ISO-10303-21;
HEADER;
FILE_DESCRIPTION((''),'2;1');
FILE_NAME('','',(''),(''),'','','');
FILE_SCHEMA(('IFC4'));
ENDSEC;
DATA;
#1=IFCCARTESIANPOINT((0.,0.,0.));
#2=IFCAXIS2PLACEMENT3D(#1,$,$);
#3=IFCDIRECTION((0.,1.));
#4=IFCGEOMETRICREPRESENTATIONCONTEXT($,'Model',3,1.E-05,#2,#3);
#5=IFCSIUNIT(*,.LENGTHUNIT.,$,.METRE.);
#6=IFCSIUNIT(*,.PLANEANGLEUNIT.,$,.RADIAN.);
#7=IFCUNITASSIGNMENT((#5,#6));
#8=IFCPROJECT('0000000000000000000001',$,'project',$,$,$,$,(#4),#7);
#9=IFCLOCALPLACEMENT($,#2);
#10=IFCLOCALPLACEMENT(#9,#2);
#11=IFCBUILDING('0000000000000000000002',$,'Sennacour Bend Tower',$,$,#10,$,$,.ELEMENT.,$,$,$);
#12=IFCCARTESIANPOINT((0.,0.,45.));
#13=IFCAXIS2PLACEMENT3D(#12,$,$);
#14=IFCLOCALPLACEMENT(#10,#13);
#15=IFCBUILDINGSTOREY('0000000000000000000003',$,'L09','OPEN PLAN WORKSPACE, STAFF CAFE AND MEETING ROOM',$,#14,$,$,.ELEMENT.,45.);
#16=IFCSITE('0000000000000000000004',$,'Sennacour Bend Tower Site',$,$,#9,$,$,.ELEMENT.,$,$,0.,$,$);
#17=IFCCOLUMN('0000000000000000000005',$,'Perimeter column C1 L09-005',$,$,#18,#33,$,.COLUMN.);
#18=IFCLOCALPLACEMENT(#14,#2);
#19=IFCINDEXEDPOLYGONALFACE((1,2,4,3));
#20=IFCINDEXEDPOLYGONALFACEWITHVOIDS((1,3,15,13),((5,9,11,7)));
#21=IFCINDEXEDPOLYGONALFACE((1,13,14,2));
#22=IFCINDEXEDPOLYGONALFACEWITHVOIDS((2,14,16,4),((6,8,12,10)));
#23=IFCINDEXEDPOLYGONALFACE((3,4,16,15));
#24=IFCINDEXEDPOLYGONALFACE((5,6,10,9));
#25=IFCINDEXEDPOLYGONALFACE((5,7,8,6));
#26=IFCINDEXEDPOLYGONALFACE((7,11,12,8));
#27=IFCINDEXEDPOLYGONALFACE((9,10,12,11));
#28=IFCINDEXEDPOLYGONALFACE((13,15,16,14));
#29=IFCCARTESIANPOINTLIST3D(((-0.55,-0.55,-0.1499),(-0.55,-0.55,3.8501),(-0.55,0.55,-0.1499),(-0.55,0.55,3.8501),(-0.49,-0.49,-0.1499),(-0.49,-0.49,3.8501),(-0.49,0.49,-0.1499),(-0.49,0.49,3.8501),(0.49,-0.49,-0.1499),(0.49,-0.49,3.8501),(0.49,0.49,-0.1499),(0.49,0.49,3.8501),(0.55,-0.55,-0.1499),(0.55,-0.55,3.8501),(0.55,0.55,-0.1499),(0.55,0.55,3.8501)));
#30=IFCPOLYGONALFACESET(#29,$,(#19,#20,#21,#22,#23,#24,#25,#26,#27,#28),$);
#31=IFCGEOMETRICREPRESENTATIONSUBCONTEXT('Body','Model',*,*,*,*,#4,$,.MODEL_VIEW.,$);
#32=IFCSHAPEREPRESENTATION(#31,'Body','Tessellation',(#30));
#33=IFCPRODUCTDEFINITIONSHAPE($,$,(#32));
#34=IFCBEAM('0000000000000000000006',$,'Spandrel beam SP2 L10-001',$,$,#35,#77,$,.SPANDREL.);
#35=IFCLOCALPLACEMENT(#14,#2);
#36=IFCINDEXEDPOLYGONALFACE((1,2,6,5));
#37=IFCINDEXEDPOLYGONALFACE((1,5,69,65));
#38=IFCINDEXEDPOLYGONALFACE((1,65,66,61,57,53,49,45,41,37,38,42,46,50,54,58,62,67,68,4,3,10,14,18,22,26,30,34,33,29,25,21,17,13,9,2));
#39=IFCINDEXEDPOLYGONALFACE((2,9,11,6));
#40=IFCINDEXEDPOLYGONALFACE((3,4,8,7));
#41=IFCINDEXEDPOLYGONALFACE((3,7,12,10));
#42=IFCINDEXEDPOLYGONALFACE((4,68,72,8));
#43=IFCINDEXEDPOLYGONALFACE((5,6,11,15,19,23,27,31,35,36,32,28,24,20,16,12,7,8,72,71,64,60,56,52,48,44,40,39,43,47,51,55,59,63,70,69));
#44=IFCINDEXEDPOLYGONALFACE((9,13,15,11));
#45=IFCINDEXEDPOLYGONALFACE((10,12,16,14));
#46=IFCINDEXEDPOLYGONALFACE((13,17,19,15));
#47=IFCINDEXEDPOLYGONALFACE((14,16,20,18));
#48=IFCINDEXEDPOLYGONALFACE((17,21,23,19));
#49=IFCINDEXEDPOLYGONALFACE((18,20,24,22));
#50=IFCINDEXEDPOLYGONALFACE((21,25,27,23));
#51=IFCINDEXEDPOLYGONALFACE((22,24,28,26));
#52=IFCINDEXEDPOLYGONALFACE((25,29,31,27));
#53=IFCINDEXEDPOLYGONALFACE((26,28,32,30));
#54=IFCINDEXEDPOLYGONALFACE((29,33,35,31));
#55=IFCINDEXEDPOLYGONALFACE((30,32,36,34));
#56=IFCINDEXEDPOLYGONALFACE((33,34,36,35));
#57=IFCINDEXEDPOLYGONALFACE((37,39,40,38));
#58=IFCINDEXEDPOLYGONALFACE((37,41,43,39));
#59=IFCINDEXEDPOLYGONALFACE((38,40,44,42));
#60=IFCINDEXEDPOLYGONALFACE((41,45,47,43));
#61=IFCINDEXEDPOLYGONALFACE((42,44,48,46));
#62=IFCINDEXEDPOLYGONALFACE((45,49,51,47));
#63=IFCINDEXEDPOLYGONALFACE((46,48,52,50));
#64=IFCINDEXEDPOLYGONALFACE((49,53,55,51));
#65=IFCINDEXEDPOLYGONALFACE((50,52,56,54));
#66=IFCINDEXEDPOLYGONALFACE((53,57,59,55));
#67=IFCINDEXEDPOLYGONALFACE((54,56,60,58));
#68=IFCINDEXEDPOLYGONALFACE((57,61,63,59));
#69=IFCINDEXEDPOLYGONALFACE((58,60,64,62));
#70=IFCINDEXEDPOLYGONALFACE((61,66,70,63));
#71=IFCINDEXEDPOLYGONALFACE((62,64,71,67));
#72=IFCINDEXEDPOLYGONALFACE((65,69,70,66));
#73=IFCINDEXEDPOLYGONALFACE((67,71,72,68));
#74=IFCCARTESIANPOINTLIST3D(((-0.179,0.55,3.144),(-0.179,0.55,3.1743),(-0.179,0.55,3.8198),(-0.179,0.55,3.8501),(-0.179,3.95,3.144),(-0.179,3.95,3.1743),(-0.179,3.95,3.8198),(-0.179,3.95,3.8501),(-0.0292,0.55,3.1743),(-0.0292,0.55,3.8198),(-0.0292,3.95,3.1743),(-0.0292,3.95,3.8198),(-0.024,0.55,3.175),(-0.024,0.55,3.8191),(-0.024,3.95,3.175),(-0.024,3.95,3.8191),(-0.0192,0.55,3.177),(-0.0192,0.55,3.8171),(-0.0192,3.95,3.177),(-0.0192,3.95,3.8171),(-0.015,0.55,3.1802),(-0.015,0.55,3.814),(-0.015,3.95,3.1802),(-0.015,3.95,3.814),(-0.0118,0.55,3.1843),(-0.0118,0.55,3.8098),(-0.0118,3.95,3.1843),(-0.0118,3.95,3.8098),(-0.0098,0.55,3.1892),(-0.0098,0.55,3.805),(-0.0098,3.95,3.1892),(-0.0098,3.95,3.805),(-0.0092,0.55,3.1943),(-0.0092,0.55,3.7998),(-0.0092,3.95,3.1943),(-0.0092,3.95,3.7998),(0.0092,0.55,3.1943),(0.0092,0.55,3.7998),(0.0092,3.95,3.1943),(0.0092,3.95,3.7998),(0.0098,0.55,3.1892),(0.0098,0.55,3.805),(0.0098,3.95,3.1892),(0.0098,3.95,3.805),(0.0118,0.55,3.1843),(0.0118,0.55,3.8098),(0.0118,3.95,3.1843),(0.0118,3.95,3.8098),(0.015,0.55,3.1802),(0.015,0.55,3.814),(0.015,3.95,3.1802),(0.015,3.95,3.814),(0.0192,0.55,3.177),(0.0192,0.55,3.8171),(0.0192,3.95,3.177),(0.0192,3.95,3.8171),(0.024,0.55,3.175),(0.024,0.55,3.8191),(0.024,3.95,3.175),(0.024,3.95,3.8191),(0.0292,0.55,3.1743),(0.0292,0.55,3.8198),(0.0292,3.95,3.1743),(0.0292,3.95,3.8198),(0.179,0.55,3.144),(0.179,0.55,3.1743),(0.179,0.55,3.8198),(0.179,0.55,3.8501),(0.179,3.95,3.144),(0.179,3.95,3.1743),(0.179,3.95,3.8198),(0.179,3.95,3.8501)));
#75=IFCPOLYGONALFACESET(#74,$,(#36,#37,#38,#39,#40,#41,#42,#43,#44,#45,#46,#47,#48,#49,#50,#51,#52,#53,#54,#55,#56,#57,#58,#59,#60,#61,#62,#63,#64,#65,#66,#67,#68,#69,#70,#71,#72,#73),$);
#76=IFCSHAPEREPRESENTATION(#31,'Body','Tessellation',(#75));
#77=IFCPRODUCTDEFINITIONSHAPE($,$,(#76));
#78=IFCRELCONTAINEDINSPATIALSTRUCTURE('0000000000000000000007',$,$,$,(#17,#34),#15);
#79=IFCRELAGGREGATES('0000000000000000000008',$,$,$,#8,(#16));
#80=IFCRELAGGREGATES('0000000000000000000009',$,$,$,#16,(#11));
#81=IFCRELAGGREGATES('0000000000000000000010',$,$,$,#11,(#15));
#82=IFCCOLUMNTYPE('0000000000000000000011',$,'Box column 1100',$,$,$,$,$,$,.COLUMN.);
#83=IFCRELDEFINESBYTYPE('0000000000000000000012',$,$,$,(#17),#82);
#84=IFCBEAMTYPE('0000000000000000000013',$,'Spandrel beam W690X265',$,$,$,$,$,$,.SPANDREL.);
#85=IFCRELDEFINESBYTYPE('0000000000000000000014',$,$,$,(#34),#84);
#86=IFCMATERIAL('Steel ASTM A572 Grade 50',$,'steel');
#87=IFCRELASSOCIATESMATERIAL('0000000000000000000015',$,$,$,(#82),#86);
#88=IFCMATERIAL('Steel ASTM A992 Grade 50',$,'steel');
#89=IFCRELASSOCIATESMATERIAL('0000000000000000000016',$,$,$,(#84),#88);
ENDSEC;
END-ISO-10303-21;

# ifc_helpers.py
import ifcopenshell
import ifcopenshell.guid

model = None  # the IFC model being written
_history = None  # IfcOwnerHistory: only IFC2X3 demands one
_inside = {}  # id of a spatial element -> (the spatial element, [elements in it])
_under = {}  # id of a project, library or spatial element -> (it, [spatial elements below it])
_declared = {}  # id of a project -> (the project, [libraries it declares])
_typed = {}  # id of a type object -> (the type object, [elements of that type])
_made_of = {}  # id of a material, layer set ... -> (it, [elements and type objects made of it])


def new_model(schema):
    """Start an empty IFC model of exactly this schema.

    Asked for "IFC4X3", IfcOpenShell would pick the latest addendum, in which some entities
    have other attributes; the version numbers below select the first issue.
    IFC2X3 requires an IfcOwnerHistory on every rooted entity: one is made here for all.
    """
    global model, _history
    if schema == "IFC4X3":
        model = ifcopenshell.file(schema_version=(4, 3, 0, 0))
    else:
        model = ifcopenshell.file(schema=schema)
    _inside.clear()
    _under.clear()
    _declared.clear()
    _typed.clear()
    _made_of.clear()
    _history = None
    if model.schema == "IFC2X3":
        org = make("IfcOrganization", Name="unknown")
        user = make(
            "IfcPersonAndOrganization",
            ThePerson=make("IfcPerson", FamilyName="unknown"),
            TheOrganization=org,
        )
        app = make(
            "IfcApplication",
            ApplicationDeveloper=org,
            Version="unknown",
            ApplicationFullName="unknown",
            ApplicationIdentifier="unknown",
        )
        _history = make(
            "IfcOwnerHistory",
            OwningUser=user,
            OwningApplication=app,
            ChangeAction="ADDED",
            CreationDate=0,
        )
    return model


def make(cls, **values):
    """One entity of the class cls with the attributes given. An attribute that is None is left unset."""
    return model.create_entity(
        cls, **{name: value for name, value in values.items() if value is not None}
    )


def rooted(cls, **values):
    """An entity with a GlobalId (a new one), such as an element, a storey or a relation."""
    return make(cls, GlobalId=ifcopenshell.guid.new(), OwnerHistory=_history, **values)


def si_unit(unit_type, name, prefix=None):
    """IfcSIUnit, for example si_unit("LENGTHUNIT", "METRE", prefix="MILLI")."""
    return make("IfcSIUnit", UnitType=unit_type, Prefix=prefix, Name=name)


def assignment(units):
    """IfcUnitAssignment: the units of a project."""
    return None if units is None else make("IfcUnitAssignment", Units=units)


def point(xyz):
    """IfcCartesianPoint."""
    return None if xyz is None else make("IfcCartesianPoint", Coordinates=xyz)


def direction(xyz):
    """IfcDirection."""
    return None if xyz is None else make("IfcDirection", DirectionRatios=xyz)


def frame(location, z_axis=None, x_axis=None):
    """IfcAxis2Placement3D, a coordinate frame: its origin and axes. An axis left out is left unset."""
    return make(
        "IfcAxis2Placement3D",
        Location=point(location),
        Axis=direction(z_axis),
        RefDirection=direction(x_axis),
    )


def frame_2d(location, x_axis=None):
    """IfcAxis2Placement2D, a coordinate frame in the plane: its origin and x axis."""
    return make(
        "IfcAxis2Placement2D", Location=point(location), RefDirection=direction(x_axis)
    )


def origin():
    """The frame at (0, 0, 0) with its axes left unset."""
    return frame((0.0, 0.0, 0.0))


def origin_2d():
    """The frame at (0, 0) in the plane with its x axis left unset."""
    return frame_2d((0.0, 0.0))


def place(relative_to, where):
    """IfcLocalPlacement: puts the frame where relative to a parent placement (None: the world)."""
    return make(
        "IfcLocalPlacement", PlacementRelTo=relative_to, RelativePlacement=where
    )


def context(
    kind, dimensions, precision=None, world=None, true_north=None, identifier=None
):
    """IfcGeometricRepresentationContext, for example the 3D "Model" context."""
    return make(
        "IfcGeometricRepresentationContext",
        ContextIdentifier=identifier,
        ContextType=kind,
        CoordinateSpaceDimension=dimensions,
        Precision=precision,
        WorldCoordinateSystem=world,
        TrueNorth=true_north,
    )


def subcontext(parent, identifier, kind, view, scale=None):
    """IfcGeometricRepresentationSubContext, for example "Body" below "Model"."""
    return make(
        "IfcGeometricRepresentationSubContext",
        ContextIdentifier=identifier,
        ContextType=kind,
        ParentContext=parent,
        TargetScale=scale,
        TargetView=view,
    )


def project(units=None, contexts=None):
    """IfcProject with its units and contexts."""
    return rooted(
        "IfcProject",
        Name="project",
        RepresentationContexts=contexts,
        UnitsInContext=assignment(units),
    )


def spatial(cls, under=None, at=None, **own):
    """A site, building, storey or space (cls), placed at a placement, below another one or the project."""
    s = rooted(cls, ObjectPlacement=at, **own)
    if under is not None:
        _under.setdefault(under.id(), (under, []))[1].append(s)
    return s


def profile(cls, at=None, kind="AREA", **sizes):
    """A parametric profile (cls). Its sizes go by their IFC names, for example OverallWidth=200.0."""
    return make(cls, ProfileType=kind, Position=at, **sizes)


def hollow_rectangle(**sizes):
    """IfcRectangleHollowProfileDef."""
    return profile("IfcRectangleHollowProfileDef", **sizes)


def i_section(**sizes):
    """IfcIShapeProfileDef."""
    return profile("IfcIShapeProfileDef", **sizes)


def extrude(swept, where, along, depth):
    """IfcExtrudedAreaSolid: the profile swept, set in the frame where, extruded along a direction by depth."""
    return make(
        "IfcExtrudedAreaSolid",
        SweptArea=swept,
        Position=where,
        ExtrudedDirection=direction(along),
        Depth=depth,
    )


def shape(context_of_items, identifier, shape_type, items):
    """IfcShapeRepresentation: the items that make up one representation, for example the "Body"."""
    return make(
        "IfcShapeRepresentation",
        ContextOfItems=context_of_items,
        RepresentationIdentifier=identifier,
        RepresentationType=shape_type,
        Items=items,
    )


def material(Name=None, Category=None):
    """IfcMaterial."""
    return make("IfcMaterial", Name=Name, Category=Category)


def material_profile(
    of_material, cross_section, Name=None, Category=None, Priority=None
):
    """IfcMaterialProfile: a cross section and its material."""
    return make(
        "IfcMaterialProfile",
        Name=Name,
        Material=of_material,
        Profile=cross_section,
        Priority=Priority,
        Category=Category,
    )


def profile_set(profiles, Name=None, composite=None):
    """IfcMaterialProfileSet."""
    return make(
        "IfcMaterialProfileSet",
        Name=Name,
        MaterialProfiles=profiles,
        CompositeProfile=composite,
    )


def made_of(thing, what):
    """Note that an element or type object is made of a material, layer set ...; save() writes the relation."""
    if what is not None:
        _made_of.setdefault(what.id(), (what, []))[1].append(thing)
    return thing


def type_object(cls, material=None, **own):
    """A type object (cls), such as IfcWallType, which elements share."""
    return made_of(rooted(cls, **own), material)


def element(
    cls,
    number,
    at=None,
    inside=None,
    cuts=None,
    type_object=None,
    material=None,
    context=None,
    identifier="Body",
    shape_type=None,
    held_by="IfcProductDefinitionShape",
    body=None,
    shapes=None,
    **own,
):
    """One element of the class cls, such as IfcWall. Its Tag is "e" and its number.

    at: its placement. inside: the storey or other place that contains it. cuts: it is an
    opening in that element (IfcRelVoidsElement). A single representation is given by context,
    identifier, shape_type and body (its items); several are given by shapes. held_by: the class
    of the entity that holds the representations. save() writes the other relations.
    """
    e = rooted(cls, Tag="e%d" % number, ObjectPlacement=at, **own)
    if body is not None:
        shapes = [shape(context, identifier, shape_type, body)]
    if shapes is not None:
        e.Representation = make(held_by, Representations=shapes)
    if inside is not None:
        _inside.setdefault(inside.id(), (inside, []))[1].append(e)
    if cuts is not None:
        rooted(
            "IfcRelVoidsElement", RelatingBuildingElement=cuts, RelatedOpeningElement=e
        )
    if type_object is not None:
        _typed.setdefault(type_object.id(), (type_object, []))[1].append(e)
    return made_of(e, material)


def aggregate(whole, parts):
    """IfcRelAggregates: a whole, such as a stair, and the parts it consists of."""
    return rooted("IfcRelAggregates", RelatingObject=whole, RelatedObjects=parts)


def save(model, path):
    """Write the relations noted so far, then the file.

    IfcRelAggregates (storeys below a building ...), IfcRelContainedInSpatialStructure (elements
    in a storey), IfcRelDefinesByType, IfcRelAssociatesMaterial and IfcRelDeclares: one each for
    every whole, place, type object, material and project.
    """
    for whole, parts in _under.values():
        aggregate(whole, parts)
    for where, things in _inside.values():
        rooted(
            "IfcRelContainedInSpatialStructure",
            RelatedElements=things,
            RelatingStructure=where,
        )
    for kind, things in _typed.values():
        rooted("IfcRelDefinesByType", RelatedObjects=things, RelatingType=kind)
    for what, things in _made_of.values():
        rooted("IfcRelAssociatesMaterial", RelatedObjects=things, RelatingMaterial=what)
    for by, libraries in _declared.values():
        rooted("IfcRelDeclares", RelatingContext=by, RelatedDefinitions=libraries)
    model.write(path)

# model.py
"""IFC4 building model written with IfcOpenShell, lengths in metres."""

from ifc_helpers import new_model, si_unit, direction, frame, origin, origin_2d, place, context, subcontext, project, spatial, hollow_rectangle, i_section, extrude, material, material_profile, profile_set, type_object, element, save


model = new_model("IFC4")

# Units and contexts
model_context = context("Model", 3, precision=1e-05, world=origin(), true_north=direction((0.0, 1.0)))
body_context = subcontext(model_context, "Body", "Model", "MODEL_VIEW")
ifc_project = project(units=[si_unit("LENGTHUNIT", "METRE"), si_unit("PLANEANGLEUNIT", "RADIAN")], contexts=[model_context])

# Site, building, storey
site_placement = place(None, origin())
site = spatial("IfcSite", under=ifc_project, at=site_placement, Name="Sennacour Bend Tower Site", CompositionType="ELEMENT", RefElevation=0.0)
building_placement = place(site_placement, origin())
building = spatial("IfcBuilding", under=site, at=building_placement, Name="Sennacour Bend Tower", CompositionType="ELEMENT")
storey_placement = place(building_placement, frame((0.0, 0.0, 45.0)))
storey = spatial("IfcBuildingStorey", under=building, at=storey_placement, Name="L09", Description="OPEN PLAN WORKSPACE, STAFF CAFE AND MEETING ROOM", CompositionType="ELEMENT", Elevation=45.0)

# Column
ifc_material_1 = material(Name="Steel ASTM A572 Grade 50", Category="steel")
ifc_material_profile_1 = material_profile(ifc_material_1, hollow_rectangle(XDim=1.1001, YDim=1.1001, WallThickness=0.0601, at=origin_2d()), Name="Steel ASTM A572 Grade 50", Category="steel")
ifc_profile_set_1 = profile_set([ifc_material_profile_1], Name="Steel ASTM A572 Grade 50")
column_type = type_object("IfcColumnType", Name="Box column 1100", PredefinedType="COLUMN", material=ifc_profile_set_1)
column_placement = place(storey_placement, frame((0.0, 0.0, -0.1499), z_axis=(0.0, 0.0, 1.0), x_axis=(1.0, 0.0, 0.0)))
element("IfcColumn", 1, at=column_placement, inside=storey, type_object=column_type, Name="Perimeter column C1 L09-005", PredefinedType="COLUMN", context=body_context, shape_type="SweptSolid", body=[
    extrude(hollow_rectangle(XDim=1.1001, YDim=1.1001, WallThickness=0.0601, at=origin_2d()), origin(), (0.0, 0.0, 1.0), 4.0),
])

# Beam
ifc_material_2 = material(Name="Steel ASTM A992 Grade 50", Category="steel")
ifc_material_profile_2 = material_profile(ifc_material_2, i_section(OverallWidth=0.3579, OverallDepth=0.7061, WebThickness=0.0183, FlangeThickness=0.0303, FilletRadius=0.02, at=origin_2d()), Name="Steel ASTM A992 Grade 50", Category="steel")
ifc_profile_set_2 = profile_set([ifc_material_profile_2], Name="Steel ASTM A992 Grade 50")
beam_type = type_object("IfcBeamType", Name="Spandrel beam W690X265", PredefinedType="SPANDREL", material=ifc_profile_set_2)
beam_placement = place(storey_placement, frame((0.0, 0.55, 3.4971), z_axis=(0.0, 1.0, 0.0), x_axis=(-1.0, 0.0, 0.0)))
element("IfcBeam", 2, at=beam_placement, inside=storey, type_object=beam_type, Name="Spandrel beam SP2 L10-001", PredefinedType="SPANDREL", context=body_context, shape_type="SweptSolid", body=[
    extrude(i_section(OverallWidth=0.3579, OverallDepth=0.7061, WebThickness=0.0183, FlangeThickness=0.0303, FilletRadius=0.02, at=origin_2d()), origin(), (0.0, 0.0, 1.0), 3.3999),
])

save(model, "model.ifc")
